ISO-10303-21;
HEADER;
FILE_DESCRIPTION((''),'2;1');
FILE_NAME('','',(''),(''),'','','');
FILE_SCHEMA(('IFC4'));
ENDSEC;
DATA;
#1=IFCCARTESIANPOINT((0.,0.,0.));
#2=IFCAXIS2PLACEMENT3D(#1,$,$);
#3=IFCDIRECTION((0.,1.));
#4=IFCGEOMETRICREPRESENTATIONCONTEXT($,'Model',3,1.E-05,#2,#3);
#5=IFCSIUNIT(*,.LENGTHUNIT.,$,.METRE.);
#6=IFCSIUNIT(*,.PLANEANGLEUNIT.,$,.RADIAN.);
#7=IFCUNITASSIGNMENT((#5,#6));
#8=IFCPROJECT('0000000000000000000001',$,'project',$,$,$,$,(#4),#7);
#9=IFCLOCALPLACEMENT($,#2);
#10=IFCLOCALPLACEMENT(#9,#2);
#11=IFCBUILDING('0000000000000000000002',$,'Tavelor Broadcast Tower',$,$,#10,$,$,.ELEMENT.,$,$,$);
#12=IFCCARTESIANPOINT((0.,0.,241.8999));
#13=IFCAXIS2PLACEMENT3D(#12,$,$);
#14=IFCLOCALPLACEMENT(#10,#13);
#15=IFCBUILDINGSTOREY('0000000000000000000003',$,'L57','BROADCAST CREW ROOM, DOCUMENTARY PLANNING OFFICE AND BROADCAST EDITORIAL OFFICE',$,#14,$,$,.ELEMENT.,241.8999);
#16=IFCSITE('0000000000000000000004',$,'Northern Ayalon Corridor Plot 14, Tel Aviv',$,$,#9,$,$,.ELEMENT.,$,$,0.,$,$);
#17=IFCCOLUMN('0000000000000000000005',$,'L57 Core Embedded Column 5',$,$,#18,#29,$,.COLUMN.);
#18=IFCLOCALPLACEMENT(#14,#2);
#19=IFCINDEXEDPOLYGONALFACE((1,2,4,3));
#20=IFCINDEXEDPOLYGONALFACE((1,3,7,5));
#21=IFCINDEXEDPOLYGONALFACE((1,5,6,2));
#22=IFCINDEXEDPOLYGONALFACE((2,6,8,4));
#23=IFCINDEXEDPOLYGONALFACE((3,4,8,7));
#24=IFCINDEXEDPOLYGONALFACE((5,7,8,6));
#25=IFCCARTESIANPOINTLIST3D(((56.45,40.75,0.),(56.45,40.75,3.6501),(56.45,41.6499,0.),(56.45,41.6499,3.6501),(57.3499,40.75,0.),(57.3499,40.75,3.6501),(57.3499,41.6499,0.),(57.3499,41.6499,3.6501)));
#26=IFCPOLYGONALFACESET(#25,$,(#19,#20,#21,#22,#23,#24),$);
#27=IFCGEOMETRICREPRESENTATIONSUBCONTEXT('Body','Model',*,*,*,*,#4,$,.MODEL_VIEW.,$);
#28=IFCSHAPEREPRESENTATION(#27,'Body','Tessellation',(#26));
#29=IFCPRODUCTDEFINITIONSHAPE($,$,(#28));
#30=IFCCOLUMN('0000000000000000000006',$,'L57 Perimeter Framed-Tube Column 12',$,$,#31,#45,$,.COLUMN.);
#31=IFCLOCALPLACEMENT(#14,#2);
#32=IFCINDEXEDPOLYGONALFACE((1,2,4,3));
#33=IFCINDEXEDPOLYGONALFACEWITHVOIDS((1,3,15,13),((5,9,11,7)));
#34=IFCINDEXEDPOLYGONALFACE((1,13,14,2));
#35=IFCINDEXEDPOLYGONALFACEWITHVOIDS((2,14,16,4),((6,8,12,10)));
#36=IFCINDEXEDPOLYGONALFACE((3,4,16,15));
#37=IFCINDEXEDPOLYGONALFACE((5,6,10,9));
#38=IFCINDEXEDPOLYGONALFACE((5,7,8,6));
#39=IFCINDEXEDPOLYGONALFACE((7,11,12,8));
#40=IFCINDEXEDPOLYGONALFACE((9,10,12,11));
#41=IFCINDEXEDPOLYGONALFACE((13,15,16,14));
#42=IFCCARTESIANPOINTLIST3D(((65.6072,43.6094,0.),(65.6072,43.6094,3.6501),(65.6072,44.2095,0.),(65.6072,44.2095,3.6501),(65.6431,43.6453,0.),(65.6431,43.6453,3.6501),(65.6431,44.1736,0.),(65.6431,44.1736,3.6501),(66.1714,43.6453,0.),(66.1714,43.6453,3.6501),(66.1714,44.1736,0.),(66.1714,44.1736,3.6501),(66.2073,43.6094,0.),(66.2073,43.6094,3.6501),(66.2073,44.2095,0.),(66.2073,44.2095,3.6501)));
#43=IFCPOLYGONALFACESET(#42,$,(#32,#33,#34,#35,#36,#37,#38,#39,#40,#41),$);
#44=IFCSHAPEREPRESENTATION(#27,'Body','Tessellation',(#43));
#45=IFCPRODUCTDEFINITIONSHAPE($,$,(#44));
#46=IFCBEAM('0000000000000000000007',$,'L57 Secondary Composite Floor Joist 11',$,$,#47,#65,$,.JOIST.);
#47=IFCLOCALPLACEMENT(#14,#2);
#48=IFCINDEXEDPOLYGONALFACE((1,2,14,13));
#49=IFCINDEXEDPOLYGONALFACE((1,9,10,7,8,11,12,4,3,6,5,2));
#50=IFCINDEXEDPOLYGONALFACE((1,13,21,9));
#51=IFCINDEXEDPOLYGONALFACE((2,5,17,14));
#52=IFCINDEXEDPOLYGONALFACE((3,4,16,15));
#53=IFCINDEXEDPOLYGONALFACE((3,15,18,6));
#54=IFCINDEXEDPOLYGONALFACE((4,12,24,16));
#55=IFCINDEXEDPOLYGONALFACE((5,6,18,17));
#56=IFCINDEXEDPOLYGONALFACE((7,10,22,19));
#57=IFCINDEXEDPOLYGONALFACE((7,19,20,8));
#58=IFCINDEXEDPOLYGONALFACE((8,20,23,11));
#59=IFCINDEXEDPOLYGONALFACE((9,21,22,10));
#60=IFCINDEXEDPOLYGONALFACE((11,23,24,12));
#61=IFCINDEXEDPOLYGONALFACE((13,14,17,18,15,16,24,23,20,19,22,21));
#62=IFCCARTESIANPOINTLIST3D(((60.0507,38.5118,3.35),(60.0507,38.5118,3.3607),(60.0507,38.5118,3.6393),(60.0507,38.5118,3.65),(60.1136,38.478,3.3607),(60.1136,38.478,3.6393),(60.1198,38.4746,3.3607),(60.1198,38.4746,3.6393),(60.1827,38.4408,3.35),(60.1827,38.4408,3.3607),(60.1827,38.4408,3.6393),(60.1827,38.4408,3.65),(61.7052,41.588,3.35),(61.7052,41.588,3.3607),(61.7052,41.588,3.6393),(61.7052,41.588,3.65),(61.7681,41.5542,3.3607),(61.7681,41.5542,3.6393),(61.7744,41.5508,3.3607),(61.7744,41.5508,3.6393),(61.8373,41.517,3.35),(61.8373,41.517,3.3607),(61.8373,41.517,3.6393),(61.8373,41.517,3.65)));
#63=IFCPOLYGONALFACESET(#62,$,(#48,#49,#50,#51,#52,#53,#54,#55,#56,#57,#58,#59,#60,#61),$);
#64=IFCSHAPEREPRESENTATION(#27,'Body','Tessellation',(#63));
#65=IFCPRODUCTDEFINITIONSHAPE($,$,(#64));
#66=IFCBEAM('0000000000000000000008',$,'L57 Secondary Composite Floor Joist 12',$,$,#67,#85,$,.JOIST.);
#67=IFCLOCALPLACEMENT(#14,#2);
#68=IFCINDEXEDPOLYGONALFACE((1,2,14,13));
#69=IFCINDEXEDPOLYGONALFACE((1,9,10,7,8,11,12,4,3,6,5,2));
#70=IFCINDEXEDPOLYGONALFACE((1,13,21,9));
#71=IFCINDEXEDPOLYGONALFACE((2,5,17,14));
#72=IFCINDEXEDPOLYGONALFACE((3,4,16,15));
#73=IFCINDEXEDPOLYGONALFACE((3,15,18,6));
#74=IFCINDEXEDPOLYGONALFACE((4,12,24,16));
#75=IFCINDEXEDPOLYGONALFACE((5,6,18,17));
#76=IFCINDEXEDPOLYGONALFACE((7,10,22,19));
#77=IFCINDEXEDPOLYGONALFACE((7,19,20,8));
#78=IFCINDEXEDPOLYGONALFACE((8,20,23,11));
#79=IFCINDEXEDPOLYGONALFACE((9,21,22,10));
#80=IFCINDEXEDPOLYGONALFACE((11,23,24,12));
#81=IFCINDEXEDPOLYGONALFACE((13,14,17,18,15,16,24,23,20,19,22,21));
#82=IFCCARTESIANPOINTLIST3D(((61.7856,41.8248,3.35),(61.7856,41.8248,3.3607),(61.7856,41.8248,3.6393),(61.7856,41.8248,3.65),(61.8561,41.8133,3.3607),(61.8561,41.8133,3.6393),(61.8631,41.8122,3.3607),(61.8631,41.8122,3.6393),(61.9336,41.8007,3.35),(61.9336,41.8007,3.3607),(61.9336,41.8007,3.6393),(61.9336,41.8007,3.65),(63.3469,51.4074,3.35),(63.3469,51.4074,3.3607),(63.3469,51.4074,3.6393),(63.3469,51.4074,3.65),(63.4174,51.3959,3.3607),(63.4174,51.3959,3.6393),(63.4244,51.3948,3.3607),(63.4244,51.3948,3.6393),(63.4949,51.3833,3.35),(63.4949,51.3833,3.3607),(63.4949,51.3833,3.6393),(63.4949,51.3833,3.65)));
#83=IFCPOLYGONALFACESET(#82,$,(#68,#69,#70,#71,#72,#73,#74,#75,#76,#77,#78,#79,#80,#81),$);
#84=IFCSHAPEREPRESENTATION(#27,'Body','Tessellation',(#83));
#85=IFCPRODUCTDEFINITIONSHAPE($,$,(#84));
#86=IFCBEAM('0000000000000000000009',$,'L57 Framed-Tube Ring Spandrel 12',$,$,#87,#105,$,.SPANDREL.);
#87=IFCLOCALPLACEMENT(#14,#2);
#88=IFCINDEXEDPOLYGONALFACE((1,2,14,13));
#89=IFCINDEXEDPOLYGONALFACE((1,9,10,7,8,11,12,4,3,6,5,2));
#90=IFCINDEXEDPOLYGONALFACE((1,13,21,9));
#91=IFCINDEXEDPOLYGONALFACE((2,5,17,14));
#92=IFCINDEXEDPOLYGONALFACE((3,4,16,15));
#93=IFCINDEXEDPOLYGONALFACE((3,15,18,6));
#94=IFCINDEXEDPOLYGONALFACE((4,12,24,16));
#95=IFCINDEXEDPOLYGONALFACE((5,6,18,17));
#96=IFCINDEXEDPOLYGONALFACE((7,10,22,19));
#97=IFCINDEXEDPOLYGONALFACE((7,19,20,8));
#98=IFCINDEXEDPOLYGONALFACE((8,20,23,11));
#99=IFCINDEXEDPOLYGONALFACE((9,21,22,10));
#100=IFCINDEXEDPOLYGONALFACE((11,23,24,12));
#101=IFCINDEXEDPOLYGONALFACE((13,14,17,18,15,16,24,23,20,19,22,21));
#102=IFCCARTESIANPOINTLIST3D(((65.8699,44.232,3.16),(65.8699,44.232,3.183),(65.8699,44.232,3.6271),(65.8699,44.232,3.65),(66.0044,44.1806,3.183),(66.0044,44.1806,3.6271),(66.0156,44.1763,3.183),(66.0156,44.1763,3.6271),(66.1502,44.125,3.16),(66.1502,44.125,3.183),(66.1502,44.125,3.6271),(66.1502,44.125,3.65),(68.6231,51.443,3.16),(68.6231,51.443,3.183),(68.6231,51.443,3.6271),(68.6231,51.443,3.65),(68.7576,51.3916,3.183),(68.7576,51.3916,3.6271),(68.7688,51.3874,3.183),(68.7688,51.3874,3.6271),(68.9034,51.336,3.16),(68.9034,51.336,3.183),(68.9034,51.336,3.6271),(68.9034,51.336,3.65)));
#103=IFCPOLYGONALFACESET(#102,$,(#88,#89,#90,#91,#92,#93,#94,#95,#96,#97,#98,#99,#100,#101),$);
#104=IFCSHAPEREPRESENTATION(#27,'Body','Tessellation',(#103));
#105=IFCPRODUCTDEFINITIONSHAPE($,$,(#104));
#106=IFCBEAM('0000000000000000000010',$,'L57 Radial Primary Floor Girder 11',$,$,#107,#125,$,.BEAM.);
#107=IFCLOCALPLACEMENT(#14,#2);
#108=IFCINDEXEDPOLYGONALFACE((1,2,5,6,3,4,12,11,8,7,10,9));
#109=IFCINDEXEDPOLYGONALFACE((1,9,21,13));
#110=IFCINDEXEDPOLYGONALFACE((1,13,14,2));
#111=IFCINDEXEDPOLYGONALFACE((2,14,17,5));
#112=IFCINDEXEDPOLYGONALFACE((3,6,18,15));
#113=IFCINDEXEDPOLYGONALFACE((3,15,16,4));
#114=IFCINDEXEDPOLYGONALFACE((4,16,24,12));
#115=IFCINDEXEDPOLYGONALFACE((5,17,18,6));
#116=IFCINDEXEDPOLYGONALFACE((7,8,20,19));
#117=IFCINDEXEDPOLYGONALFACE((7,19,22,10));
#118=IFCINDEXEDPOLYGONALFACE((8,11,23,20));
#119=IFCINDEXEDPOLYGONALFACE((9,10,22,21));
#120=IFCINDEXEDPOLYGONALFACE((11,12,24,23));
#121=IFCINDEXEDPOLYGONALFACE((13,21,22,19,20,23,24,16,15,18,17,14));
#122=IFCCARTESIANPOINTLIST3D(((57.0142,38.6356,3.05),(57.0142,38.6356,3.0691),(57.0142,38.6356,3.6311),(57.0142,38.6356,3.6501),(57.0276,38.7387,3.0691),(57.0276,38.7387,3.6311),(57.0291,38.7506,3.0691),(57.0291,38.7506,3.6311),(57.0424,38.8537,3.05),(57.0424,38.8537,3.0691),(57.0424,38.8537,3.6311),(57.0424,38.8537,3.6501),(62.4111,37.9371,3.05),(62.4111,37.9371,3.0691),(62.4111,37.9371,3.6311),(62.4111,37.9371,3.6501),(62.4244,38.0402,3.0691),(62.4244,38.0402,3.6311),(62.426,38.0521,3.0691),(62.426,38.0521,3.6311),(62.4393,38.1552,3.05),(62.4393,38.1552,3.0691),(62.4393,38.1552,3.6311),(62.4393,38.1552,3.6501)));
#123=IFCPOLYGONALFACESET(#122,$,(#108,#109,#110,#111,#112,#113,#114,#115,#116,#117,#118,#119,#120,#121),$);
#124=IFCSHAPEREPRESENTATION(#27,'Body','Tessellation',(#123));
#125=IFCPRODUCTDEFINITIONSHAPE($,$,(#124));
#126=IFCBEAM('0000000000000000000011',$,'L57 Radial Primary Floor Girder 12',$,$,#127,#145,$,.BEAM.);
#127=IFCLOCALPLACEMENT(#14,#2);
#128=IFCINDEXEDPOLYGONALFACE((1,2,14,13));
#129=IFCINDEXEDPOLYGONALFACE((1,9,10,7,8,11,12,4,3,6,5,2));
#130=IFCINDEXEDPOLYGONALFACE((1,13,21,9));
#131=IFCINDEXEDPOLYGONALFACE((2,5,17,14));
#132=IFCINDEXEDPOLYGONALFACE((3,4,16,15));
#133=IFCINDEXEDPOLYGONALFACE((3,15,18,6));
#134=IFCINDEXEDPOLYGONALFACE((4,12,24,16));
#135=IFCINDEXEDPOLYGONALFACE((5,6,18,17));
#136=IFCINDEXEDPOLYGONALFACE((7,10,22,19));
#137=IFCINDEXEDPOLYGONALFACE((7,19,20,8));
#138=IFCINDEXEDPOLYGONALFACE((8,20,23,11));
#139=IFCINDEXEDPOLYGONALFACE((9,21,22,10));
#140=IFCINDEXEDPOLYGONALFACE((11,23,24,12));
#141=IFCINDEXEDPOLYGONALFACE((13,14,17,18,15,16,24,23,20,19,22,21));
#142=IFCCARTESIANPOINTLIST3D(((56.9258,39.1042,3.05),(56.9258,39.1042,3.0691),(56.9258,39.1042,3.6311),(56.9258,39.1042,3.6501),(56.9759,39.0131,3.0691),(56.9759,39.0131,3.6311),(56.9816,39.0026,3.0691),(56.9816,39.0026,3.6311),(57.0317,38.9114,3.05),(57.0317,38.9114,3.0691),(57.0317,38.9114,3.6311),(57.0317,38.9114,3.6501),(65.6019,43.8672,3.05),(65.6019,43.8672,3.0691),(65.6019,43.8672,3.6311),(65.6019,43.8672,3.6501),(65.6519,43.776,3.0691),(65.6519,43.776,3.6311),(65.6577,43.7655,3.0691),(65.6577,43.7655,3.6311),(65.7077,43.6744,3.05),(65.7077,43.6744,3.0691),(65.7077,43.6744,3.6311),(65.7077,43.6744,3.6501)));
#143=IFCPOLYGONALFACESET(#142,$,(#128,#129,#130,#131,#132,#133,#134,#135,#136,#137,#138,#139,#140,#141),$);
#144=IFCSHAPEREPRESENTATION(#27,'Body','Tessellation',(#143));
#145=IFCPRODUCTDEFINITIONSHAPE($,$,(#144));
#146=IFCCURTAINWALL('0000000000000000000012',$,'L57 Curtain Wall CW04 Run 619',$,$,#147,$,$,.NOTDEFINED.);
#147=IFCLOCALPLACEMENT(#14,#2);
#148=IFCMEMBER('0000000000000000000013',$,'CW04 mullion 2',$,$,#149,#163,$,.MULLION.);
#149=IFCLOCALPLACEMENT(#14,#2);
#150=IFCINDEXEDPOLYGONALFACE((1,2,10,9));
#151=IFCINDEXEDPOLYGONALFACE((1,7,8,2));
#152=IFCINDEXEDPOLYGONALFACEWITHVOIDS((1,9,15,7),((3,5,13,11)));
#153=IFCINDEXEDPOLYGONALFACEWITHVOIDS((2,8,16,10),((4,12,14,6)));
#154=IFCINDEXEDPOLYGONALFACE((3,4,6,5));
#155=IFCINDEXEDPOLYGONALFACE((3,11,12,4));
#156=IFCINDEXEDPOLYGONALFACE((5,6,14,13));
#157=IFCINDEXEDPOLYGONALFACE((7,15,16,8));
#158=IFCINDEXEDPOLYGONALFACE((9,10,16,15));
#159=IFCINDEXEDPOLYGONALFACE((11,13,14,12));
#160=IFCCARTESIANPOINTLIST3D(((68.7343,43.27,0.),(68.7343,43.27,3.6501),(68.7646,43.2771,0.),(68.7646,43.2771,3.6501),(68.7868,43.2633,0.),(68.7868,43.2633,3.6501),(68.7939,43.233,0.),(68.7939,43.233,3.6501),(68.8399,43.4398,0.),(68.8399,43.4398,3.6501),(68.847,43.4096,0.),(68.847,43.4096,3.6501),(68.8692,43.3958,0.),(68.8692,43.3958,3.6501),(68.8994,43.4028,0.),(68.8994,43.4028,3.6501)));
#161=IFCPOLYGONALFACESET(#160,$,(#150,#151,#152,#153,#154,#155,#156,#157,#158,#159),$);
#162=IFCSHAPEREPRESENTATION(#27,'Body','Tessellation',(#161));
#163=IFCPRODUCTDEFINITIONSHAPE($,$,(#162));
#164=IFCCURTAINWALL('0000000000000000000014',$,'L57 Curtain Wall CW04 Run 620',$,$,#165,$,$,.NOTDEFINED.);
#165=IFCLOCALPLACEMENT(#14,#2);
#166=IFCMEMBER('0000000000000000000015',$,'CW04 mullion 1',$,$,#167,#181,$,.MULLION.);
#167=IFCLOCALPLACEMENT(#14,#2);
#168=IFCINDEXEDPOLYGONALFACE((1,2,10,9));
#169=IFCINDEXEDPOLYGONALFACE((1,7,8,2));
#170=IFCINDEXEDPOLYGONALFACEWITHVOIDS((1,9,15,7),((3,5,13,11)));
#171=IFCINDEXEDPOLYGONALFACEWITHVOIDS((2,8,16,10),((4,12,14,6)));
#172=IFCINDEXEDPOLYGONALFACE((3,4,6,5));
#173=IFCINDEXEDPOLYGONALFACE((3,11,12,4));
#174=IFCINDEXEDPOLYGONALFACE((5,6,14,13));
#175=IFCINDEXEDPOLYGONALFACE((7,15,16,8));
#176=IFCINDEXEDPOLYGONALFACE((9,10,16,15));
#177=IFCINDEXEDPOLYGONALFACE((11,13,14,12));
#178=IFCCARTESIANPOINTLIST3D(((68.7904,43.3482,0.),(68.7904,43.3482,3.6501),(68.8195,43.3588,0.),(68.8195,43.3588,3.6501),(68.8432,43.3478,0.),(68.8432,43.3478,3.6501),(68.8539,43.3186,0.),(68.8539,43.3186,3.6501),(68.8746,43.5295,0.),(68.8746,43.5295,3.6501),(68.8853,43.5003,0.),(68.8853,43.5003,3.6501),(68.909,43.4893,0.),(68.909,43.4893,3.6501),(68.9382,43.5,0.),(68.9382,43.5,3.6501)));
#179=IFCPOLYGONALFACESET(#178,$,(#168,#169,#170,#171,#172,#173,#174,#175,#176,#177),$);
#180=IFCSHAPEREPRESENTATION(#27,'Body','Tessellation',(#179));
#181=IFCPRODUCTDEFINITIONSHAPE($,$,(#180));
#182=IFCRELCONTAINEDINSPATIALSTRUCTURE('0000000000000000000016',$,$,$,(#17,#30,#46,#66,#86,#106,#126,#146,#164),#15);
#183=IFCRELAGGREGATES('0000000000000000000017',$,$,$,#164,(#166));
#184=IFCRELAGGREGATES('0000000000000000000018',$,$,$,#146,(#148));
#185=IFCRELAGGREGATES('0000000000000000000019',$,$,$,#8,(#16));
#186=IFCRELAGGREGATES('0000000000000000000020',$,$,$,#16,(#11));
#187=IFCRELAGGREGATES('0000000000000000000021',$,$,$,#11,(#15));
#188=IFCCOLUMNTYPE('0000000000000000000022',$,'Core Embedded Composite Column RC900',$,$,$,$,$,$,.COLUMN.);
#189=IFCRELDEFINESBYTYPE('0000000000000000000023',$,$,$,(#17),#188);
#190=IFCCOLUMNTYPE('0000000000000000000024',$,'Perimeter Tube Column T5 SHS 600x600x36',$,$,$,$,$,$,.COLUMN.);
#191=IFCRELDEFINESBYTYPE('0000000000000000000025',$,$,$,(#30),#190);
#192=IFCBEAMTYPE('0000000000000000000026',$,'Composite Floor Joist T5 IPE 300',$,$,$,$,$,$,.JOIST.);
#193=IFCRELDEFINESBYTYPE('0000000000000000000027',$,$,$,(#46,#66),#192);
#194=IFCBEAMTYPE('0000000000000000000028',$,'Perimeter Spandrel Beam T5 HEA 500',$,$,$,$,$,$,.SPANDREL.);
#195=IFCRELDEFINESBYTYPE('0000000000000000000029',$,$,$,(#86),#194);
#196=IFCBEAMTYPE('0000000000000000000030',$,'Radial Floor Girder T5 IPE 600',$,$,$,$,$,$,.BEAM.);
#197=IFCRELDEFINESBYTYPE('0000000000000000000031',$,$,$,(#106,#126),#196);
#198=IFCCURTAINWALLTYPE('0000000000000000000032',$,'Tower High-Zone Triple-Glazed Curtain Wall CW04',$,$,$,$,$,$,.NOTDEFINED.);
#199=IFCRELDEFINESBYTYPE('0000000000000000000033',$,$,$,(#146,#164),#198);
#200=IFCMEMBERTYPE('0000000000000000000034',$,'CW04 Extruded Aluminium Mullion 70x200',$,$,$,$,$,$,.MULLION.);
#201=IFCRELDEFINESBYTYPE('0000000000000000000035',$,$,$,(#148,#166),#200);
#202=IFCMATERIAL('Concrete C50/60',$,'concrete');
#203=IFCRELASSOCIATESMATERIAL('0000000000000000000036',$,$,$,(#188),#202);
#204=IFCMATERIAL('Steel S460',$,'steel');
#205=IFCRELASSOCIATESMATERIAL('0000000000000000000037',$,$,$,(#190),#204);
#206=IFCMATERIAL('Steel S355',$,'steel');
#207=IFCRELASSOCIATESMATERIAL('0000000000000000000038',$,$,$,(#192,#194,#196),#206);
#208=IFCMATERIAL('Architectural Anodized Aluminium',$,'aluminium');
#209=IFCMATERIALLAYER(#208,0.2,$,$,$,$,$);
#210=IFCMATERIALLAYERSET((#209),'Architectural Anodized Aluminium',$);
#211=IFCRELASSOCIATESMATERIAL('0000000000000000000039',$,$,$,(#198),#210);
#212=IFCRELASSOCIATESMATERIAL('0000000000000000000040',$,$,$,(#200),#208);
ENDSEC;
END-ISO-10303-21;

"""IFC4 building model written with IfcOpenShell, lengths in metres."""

from ifc_helpers import new_model, si_unit, direction, frame, origin, origin_2d, place, context, subcontext, project, spatial, rectangle, hollow_rectangle, i_section, extrude, source, transform, mapped, material, layer, layer_set, material_profile, profile_set, type_object, type_shapes, element, aggregate, save


model = new_model("IFC4")

# Units and contexts
model_context = context("Model", 3, precision=1e-05, world=origin(), true_north=direction((0.0, 1.0)))
body_context = subcontext(model_context, "Body", "Model", "MODEL_VIEW")
ifc_project = project(units=[si_unit("LENGTHUNIT", "METRE"), si_unit("PLANEANGLEUNIT", "RADIAN")], contexts=[model_context])

# Site, building, storey
site_placement = place(None, origin())
site = spatial("IfcSite", under=ifc_project, at=site_placement, Name="Northern Ayalon Corridor Plot 14, Tel Aviv", CompositionType="ELEMENT", RefElevation=0.0)
building_placement = place(site_placement, origin())
building = spatial("IfcBuilding", under=site, at=building_placement, Name="Tavelor Broadcast Tower", CompositionType="ELEMENT")
storey_placement = place(building_placement, frame((0.0, 0.0, 241.8999)))
storey = spatial("IfcBuildingStorey", under=building, at=storey_placement, Name="L57", Description="BROADCAST CREW ROOM, DOCUMENTARY PLANNING OFFICE AND BROADCAST EDITORIAL OFFICE", CompositionType="ELEMENT", Elevation=241.8999)

# Columns
ifc_material_1 = material(Name="Concrete C50/60", Category="concrete")
ifc_material_profile_1 = material_profile(ifc_material_1, rectangle(XDim=0.8999, YDim=0.8999, at=origin_2d()), Name="RC 900x900")
ifc_profile_set_1 = profile_set([ifc_material_profile_1], Name="Concrete C50/60")
column_type_1 = type_object("IfcColumnType", Name="Core Embedded Composite Column RC900", PredefinedType="COLUMN", material=ifc_profile_set_1)
column_1_placement = place(storey_placement, frame((56.8999, 41.2, 0.0), z_axis=(0.0, 0.0, 1.0), x_axis=(1.0, 0.0, 0.0)))
element("IfcColumn", 1, at=column_1_placement, inside=storey, type_object=column_type_1, Name="L57 Core Embedded Column 5", PredefinedType="COLUMN", context=body_context, shape_type="SweptSolid", body=[
    extrude(rectangle(XDim=0.8999, YDim=0.8999, at=origin_2d()), origin(), (0.0, 0.0, 1.0), 3.6501),
])
ifc_material_2 = material(Name="Steel S460", Category="steel")
ifc_material_profile_2 = material_profile(ifc_material_2, hollow_rectangle(XDim=0.6001, YDim=0.6001, WallThickness=0.0359, at=origin_2d()), Name="SHS 600x600x36")
ifc_profile_set_2 = profile_set([ifc_material_profile_2], Name="Steel S460")
column_type_2 = type_object("IfcColumnType", Name="Perimeter Tube Column T5 SHS 600x600x36", PredefinedType="COLUMN", material=ifc_profile_set_2)
column_2_placement = place(storey_placement, frame((65.9072, 43.9094, 0.0), z_axis=(0.0, 0.0, 1.0), x_axis=(1.0, 0.0, 0.0)))
element("IfcColumn", 2, at=column_2_placement, inside=storey, type_object=column_type_2, Name="L57 Perimeter Framed-Tube Column 12", PredefinedType="COLUMN", context=body_context, shape_type="SweptSolid", body=[
    extrude(hollow_rectangle(XDim=0.6001, YDim=0.6001, WallThickness=0.0359, at=origin_2d()), origin(), (0.0, 0.0, 1.0), 3.6501),
])

# Beams
ifc_material_3 = material(Name="Steel S355", Category="steel")
ifc_material_profile_3 = material_profile(ifc_material_3, i_section(OverallWidth=0.1499, OverallDepth=0.3, WebThickness=0.0071, FlangeThickness=0.0107, at=origin_2d()), Name="IPE 300")
ifc_profile_set_3 = profile_set([ifc_material_profile_3], Name="Steel S355")
beam_type_1 = type_object("IfcBeamType", Name="Composite Floor Joist T5 IPE 300", PredefinedType="JOIST", material=ifc_profile_set_3)
beam_1_placement = place(storey_placement, frame((60.1167, 38.4763, 3.5), z_axis=(0.473687, 0.880693, 0.0), x_axis=(-0.880693, 0.473687, 0.0)))
element("IfcBeam", 3, at=beam_1_placement, inside=storey, type_object=beam_type_1, Name="L57 Secondary Composite Floor Joist 11", PredefinedType="JOIST", context=body_context, shape_type="SweptSolid", body=[
    extrude(i_section(OverallWidth=0.1499, OverallDepth=0.3, WebThickness=0.0071, FlangeThickness=0.0107, at=origin_2d()), origin(), (0.0, 0.0, 1.0), 3.4929),
])
beam_2_placement = place(storey_placement, frame((61.8596, 41.8127, 3.5), z_axis=(0.160809, 0.986985, 0.0), x_axis=(-0.986985, 0.160809, 0.0)))
element("IfcBeam", 4, at=beam_2_placement, inside=storey, type_object=beam_type_1, Name="L57 Secondary Composite Floor Joist 12", PredefinedType="JOIST", context=body_context, shape_type="SweptSolid", body=[
    extrude(i_section(OverallWidth=0.1499, OverallDepth=0.3, WebThickness=0.0071, FlangeThickness=0.0107, at=origin_2d()), origin(), (0.0, 0.0, 1.0), 9.709),
])
ifc_material_profile_4 = material_profile(ifc_material_3, i_section(OverallWidth=0.3, OverallDepth=0.49, WebThickness=0.012, FlangeThickness=0.0229, at=origin_2d()), Name="HEA 500")
ifc_profile_set_4 = profile_set([ifc_material_profile_4], Name="Steel S355")
beam_type_2 = type_object("IfcBeamType", Name="Perimeter Spandrel Beam T5 HEA 500", PredefinedType="SPANDREL", material=ifc_profile_set_4)
beam_3_placement = place(storey_placement, frame((66.01, 44.1785, 3.405), z_axis=(0.356691, 0.934222, 0.0), x_axis=(-0.934222, 0.356691, 0.0)))
element("IfcBeam", 5, at=beam_3_placement, inside=storey, type_object=beam_type_2, Name="L57 Framed-Tube Ring Spandrel 12", PredefinedType="SPANDREL", context=body_context, shape_type="SweptSolid", body=[
    extrude(i_section(OverallWidth=0.3, OverallDepth=0.49, WebThickness=0.012, FlangeThickness=0.0229, at=origin_2d()), origin(), (0.0, 0.0, 1.0), 7.7188),
])
ifc_material_profile_5 = material_profile(ifc_material_3, i_section(OverallWidth=0.22, OverallDepth=0.6001, WebThickness=0.012, FlangeThickness=0.019, at=origin_2d()), Name="IPE 600")
ifc_profile_set_5 = profile_set([ifc_material_profile_5], Name="Steel S355")
beam_type_3 = type_object("IfcBeamType", Name="Radial Floor Girder T5 IPE 600", PredefinedType="BEAM", material=ifc_profile_set_5)
beam_4_placement = place(storey_placement, frame((57.0283, 38.7446, 3.3501), z_axis=(0.991729, -0.128351, 0.0), x_axis=(0.128351, 0.991729, 0.0)))
element("IfcBeam", 6, at=beam_4_placement, inside=storey, type_object=beam_type_3, Name="L57 Radial Primary Floor Girder 11", PredefinedType="BEAM", context=body_context, shape_type="SweptSolid", body=[
    extrude(i_section(OverallWidth=0.22, OverallDepth=0.6001, WebThickness=0.012, FlangeThickness=0.019, at=origin_2d()), origin(), (0.0, 0.0, 1.0), 5.4419),
])
beam_5_placement = place(storey_placement, frame((56.9788, 39.0078, 3.3501), z_axis=(0.876594, 0.48123, 0.0), x_axis=(-0.48123, 0.876594, 0.0)))
element("IfcBeam", 7, at=beam_5_placement, inside=storey, type_object=beam_type_3, Name="L57 Radial Primary Floor Girder 12", PredefinedType="BEAM", context=body_context, shape_type="SweptSolid", body=[
    extrude(i_section(OverallWidth=0.22, OverallDepth=0.6001, WebThickness=0.012, FlangeThickness=0.019, at=origin_2d()), origin(), (0.0, 0.0, 1.0), 9.8975),
])

# Curtain wall, member
ifc_material_4 = material(Name="Architectural Anodized Aluminium", Category="aluminium")
ifc_layer_1 = layer(ifc_material_4, 0.2)
ifc_layer_set_1 = layer_set([ifc_layer_1], Name="Architectural Anodized Aluminium")
curtain_wall_type = type_object("IfcCurtainWallType", Name="Tower High-Zone Triple-Glazed Curtain Wall CW04", PredefinedType="NOTDEFINED", material=ifc_layer_set_1)
curtain_wall_1_placement = place(storey_placement, origin())
curtain_wall_1 = element("IfcCurtainWall", 8, at=curtain_wall_1_placement, inside=storey, type_object=curtain_wall_type, Name="L57 Curtain Wall CW04 Run 619", PredefinedType="NOTDEFINED")
ifc_material_profile_6 = material_profile(ifc_material_4, hollow_rectangle(XDim=0.0701, YDim=0.2, WallThickness=0.022, at=origin_2d()), Name="RHS 70x200x22")
ifc_profile_set_6 = profile_set([ifc_material_profile_6], Name="Architectural Anodized Aluminium")
member_type_1 = type_object("IfcMemberType", Name="CW04 Extruded Aluminium Mullion 70x200", PredefinedType="MULLION", material=ifc_profile_set_6)
shared_shape_1 = source(origin(), body_context, "Body", "SweptSolid", [
    extrude(hollow_rectangle(XDim=0.0701, YDim=0.2, WallThickness=0.022, at=origin_2d()), origin(), (0.0, 0.0, 1.0), 3.6501),
])
type_shapes(member_type_1, [shared_shape_1])
member_1_placement = place(storey_placement, frame((68.8169, 43.3364, 0.0), z_axis=(0.0, 0.0, 1.0), x_axis=(-0.849201, 0.528069, 0.0)))
member_1 = element("IfcMember", 9, at=member_1_placement, type_object=member_type_1, Name="CW04 mullion 2", PredefinedType="MULLION", context=body_context, shape_type="MappedRepresentation", body=[
    mapped(shared_shape_1, transform((0.0, 0.0, 0.0), scale=1.0)),
])

# Curtain wall, member
curtain_wall_2_placement = place(storey_placement, origin())
curtain_wall_2 = element("IfcCurtainWall", 10, at=curtain_wall_2_placement, inside=storey, type_object=curtain_wall_type, Name="L57 Curtain Wall CW04 Run 620", PredefinedType="NOTDEFINED")
member_2_placement = place(storey_placement, frame((68.8643, 43.4241, 0.0), z_axis=(0.0, 0.0, 1.0), x_axis=(-0.906869, 0.421413, 0.0)))
member_2 = element("IfcMember", 11, at=member_2_placement, type_object=member_type_1, Name="CW04 mullion 1", PredefinedType="MULLION", context=body_context, shape_type="MappedRepresentation", body=[
    mapped(shared_shape_1, transform((0.0, 0.0, 0.0), scale=1.0)),
])
aggregate(curtain_wall_2, [member_2])

aggregate(curtain_wall_1, [member_1])

save(model, "model.ifc")
